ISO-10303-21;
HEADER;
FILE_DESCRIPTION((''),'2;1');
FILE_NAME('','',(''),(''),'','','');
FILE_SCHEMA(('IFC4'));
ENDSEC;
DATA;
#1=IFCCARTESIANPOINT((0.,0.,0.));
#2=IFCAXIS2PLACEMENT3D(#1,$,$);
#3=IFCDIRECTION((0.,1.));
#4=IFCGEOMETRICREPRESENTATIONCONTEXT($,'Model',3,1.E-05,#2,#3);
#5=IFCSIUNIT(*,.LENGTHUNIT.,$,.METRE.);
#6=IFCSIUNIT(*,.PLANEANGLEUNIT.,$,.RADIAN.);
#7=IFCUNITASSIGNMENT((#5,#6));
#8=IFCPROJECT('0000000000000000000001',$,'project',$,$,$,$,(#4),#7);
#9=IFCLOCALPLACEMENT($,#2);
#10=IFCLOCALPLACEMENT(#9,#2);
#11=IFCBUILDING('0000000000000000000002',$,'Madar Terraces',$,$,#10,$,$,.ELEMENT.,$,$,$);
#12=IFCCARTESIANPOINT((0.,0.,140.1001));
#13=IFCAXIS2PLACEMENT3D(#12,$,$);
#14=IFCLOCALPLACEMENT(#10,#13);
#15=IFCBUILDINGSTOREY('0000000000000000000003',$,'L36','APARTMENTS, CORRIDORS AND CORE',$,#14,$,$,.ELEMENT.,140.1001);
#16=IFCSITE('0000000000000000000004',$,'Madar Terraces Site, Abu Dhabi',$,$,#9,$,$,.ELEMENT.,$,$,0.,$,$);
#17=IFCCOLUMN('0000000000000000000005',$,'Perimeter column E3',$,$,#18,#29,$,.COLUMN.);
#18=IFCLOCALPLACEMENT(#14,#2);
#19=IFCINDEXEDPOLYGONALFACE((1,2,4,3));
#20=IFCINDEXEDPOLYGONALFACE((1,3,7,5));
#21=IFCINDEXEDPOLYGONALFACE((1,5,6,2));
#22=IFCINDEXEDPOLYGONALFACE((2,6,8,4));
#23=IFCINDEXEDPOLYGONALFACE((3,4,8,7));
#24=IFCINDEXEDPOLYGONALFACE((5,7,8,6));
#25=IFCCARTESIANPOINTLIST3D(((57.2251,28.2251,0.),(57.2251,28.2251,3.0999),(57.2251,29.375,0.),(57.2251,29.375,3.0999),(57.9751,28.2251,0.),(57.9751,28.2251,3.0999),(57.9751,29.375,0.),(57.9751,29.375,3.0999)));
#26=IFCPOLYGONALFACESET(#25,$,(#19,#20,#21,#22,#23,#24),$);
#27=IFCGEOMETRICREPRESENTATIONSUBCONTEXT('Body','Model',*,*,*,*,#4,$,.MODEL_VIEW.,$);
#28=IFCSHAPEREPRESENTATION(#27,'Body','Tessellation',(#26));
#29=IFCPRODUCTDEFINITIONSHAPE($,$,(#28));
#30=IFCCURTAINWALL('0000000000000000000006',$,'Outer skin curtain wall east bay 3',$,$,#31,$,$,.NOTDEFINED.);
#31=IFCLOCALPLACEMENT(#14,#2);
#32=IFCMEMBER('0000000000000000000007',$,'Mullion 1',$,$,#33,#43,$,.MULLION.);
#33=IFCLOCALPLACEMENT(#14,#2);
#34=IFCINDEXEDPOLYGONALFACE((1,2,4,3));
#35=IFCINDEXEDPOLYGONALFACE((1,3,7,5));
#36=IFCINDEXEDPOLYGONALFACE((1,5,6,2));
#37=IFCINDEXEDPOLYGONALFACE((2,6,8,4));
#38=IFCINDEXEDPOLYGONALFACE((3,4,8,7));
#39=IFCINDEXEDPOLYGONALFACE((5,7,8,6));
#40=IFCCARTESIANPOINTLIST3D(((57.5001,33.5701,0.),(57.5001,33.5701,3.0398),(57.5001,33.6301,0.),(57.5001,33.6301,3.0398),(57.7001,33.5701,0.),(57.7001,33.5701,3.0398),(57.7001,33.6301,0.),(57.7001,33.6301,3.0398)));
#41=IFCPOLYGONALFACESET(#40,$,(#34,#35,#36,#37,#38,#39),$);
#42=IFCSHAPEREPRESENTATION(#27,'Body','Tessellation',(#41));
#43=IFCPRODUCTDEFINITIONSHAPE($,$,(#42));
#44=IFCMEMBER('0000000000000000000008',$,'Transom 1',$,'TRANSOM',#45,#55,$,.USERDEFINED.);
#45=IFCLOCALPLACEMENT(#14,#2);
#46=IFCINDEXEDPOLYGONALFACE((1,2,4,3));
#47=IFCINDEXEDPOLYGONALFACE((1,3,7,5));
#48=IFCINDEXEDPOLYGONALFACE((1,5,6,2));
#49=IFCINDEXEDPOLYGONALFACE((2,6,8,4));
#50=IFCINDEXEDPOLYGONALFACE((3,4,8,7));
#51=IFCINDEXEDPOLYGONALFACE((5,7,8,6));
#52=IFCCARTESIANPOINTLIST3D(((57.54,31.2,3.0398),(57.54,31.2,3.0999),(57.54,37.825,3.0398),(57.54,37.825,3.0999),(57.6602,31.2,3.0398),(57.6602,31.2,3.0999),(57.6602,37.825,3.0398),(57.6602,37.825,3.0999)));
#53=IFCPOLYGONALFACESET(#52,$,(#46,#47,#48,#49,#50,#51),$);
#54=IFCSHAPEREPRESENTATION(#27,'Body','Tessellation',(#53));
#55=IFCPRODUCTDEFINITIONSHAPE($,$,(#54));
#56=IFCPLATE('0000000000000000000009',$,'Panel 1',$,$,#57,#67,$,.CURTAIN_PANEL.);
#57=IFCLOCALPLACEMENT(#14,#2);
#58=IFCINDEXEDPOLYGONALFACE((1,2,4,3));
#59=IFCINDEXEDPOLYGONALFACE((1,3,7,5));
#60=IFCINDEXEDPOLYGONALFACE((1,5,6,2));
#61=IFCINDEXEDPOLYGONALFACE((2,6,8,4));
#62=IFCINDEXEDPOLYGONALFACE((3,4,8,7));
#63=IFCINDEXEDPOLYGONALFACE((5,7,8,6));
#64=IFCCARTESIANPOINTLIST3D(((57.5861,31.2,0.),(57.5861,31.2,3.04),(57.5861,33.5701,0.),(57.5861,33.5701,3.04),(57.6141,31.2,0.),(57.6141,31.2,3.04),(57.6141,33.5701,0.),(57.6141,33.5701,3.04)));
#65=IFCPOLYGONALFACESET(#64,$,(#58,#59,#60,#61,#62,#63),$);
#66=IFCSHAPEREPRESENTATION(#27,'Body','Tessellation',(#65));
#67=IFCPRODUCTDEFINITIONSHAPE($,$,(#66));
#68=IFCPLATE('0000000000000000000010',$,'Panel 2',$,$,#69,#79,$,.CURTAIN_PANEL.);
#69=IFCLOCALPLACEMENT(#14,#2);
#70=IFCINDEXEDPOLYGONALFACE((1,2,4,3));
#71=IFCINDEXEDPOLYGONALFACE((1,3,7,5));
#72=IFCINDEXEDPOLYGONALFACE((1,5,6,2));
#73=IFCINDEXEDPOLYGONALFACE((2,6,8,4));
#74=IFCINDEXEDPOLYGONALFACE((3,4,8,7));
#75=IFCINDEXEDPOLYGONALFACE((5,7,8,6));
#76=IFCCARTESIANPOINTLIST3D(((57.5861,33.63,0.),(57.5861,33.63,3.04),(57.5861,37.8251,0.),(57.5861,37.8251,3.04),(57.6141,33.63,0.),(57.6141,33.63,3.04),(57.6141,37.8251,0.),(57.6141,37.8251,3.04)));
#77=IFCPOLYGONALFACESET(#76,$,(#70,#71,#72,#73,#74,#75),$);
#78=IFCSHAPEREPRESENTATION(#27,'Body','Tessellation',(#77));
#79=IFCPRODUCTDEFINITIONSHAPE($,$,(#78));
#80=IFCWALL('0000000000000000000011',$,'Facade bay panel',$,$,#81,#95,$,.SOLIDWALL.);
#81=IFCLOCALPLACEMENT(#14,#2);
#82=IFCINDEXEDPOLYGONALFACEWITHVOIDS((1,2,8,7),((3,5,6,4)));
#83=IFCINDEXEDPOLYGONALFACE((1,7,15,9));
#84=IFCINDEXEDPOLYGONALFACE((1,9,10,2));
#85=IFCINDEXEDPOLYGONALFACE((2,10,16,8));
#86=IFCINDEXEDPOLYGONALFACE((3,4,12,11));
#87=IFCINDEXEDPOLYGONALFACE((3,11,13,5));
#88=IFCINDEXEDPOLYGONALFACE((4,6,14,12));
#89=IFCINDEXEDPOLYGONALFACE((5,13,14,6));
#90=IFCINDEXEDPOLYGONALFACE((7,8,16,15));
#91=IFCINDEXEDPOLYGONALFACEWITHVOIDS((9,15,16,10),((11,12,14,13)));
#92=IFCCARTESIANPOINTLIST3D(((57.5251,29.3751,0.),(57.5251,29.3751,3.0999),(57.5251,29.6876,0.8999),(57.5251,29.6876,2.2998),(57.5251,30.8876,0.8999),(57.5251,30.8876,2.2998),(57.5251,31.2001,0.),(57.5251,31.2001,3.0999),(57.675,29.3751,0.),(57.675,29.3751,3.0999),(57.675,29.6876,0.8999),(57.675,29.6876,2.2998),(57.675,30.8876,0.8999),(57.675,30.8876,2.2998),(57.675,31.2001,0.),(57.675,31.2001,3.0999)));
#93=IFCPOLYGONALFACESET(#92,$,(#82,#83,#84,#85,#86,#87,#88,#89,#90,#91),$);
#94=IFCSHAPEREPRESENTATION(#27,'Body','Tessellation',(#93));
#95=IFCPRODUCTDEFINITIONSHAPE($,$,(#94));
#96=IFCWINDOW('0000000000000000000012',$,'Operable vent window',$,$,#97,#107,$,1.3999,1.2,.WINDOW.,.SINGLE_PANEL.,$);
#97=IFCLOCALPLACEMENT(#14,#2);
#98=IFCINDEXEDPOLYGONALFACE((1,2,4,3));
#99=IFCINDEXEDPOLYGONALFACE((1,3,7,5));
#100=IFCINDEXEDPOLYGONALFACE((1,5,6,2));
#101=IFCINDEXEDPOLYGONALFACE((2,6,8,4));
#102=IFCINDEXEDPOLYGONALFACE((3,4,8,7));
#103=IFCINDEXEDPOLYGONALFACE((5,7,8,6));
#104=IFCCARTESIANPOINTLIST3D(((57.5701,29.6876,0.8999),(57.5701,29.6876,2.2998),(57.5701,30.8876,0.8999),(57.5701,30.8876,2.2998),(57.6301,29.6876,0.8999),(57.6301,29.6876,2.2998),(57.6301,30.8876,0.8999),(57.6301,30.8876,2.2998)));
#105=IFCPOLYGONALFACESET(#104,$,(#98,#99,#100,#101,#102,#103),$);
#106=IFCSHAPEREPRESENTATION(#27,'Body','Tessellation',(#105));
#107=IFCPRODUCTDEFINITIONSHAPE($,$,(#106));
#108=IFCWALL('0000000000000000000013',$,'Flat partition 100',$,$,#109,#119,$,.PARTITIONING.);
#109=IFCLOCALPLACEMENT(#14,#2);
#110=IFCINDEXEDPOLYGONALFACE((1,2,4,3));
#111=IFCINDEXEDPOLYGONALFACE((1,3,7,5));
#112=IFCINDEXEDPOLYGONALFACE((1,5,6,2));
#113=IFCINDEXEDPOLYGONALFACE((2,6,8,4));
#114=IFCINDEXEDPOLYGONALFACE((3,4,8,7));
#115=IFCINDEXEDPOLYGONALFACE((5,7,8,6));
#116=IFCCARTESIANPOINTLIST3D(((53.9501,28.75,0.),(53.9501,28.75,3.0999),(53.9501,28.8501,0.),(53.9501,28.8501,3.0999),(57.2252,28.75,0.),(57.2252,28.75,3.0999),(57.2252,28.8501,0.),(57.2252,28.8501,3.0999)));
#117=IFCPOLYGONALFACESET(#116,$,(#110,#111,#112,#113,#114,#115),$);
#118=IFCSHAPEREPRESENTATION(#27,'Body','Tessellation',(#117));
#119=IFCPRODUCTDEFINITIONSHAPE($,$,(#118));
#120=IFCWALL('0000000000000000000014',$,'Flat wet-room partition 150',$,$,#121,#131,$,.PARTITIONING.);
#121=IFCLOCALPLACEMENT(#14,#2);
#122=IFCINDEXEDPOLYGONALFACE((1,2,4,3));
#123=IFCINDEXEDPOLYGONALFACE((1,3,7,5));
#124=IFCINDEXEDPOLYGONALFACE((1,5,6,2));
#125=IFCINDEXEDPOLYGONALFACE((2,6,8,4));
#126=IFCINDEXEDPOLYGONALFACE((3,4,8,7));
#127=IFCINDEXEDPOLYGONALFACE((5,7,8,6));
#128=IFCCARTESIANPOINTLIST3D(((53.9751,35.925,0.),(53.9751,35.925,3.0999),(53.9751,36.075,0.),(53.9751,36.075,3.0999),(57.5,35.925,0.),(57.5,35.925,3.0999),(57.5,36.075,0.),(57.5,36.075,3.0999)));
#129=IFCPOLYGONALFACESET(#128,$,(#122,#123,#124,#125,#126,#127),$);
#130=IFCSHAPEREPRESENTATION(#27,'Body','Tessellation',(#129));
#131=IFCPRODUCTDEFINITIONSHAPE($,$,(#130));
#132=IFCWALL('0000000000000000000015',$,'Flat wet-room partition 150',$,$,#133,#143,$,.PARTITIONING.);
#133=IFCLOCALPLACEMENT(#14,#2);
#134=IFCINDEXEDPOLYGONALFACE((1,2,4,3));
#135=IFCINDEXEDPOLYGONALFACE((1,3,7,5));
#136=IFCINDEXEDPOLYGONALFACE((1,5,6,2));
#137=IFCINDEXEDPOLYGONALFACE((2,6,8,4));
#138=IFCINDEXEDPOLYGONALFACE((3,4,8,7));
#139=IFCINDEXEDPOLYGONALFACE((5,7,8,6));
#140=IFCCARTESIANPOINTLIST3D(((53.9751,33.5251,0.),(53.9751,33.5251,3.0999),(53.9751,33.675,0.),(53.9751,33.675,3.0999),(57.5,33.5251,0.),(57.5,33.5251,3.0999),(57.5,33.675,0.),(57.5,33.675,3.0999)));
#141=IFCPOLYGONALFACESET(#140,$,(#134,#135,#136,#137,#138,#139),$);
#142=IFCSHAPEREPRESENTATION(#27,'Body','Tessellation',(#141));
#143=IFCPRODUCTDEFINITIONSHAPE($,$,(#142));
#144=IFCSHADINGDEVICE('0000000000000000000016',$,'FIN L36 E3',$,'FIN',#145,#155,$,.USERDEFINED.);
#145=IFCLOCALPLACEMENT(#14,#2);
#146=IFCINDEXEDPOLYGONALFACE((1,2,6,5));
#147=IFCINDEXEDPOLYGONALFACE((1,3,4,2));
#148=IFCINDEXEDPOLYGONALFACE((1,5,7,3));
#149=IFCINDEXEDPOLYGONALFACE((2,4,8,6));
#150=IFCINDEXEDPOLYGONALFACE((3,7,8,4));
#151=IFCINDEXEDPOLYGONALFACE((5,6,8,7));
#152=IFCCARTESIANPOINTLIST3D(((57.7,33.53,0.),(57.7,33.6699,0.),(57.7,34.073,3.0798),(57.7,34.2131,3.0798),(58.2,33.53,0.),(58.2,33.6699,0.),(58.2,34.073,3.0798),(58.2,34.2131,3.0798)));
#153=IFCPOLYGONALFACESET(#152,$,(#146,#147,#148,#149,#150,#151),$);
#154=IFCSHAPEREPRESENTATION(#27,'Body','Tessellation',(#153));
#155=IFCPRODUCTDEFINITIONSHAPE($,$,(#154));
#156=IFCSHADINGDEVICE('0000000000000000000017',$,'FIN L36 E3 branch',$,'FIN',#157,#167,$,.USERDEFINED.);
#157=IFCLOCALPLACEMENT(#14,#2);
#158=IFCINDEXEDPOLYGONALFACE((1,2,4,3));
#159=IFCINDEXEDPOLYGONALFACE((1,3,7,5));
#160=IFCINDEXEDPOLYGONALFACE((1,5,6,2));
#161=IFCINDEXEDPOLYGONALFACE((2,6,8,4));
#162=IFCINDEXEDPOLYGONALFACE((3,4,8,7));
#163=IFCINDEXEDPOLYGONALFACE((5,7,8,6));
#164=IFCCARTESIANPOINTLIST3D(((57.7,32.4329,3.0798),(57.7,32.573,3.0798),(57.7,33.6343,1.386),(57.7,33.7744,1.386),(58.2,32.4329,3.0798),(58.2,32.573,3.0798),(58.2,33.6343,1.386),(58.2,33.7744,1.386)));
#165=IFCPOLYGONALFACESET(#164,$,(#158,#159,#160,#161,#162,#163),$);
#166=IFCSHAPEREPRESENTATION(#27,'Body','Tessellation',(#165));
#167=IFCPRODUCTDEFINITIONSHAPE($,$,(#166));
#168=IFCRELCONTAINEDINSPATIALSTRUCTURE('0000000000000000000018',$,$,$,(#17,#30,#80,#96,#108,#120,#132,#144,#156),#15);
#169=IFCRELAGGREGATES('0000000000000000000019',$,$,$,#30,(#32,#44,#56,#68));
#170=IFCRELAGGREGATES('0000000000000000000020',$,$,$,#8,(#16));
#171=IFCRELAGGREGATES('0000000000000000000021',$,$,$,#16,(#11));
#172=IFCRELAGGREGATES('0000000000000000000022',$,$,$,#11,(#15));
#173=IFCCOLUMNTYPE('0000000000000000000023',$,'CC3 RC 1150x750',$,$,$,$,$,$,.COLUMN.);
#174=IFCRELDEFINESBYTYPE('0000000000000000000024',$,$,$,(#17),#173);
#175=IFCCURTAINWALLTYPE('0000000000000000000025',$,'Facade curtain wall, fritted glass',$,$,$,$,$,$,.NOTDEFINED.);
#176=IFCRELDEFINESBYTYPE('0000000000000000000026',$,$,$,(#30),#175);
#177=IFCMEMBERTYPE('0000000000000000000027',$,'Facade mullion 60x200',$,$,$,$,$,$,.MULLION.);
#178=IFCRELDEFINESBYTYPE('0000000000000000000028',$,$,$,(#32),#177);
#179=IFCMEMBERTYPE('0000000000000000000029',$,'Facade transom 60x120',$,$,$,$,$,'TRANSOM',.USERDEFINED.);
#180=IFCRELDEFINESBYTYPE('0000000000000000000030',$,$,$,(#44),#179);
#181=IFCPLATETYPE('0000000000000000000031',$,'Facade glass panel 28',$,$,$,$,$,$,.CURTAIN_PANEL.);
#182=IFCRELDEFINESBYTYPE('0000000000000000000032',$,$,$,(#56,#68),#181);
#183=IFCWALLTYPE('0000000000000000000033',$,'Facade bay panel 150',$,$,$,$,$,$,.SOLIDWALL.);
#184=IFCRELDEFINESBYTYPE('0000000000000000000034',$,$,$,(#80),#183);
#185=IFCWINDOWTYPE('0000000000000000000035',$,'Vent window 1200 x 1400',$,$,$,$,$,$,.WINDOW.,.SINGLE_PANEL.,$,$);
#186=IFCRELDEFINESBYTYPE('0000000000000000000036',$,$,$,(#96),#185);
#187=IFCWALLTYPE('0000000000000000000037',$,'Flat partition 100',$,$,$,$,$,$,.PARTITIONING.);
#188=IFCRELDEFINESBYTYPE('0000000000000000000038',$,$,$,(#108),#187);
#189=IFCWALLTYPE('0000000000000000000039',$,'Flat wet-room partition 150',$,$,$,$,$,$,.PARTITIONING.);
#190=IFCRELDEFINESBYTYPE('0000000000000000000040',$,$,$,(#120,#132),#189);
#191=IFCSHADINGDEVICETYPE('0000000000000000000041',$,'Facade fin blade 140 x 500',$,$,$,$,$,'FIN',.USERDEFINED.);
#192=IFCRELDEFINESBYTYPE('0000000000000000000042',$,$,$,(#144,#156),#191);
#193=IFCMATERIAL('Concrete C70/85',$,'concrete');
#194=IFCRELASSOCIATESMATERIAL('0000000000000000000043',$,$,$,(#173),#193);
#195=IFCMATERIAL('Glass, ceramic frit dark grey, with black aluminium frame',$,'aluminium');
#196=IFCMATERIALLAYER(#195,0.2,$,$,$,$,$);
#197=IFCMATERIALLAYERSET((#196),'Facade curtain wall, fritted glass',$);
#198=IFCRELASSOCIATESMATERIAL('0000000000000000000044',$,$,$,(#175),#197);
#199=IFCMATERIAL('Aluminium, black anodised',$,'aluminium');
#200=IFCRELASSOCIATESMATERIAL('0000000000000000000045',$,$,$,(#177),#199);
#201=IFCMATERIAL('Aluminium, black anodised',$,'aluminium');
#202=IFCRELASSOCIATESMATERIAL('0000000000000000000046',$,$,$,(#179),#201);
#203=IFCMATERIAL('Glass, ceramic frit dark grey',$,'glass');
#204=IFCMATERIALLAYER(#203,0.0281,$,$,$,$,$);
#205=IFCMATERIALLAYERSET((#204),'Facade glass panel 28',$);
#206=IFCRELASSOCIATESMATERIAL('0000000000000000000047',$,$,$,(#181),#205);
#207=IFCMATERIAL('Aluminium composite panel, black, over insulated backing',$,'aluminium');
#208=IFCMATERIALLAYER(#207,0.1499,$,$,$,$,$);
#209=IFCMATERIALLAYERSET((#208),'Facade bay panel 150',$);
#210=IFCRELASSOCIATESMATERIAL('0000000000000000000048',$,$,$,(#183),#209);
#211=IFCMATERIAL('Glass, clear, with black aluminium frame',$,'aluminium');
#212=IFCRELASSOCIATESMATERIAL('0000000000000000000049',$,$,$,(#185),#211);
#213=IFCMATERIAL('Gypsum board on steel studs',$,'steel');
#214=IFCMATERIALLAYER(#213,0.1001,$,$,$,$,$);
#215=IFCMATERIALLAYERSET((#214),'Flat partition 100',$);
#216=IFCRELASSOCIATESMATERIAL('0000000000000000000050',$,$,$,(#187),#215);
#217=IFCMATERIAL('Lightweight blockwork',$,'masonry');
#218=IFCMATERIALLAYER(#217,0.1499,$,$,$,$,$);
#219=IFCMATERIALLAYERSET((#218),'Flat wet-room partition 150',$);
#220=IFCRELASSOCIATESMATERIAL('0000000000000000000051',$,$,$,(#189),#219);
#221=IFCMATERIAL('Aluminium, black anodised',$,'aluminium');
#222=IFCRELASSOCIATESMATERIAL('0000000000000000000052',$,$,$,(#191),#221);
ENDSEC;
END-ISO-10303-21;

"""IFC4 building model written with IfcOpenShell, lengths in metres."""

from ifc_helpers import new_model, si_unit, direction, frame, frame_2d, origin, origin_2d, place, context, subcontext, project, spatial, polyline, rectangle, outline, extrude, material, layer, layer_set, material_profile, profile_set, type_object, element, fill, aggregate, save


model = new_model("IFC4")

# Units and contexts
model_context = context("Model", 3, precision=1e-05, world=origin(), true_north=direction((0.0, 1.0)))
body_context = subcontext(model_context, "Body", "Model", "MODEL_VIEW")
ifc_project = project(units=[si_unit("LENGTHUNIT", "METRE"), si_unit("PLANEANGLEUNIT", "RADIAN")], contexts=[model_context])

# Site, building, storey
site_placement = place(None, origin())
site = spatial("IfcSite", under=ifc_project, at=site_placement, Name="Madar Terraces Site, Abu Dhabi", CompositionType="ELEMENT", RefElevation=0.0)
building_placement = place(site_placement, origin())
building = spatial("IfcBuilding", under=site, at=building_placement, Name="Madar Terraces", CompositionType="ELEMENT")
storey_placement = place(building_placement, frame((0.0, 0.0, 140.1001)))
storey = spatial("IfcBuildingStorey", under=building, at=storey_placement, Name="L36", Description="APARTMENTS, CORRIDORS AND CORE", CompositionType="ELEMENT", Elevation=140.1001)

# Column
ifc_material_1 = material(Name="Concrete C70/85", Category="concrete")
ifc_material_profile_1 = material_profile(ifc_material_1, rectangle(XDim=1.1499, YDim=0.75, at=origin_2d()), Name="CC3 RC 1150x750")
ifc_profile_set_1 = profile_set([ifc_material_profile_1], Name="Concrete C70/85")
column_type = type_object("IfcColumnType", Name="CC3 RC 1150x750", PredefinedType="COLUMN", material=ifc_profile_set_1)
column_placement = place(storey_placement, frame((57.6001, 28.8, 0.0), z_axis=(0.0, 0.0, 1.0), x_axis=(0.0, 1.0, 0.0)))
element("IfcColumn", 1, at=column_placement, inside=storey, type_object=column_type, Name="Perimeter column E3", PredefinedType="COLUMN", context=body_context, shape_type="SweptSolid", body=[
    extrude(rectangle(XDim=1.1499, YDim=0.75, at=origin_2d()), origin(), (0.0, 0.0, 1.0), 3.0999),
])

# Curtain wall, members, plates
ifc_material_2 = material(Name="Glass, ceramic frit dark grey, with black aluminium frame", Category="aluminium")
ifc_layer_1 = layer(ifc_material_2, 0.2)
ifc_layer_set_1 = layer_set([ifc_layer_1], Name="Facade curtain wall, fritted glass")
curtain_wall_type = type_object("IfcCurtainWallType", Name="Facade curtain wall, fritted glass", PredefinedType="NOTDEFINED", material=ifc_layer_set_1)
curtain_wall_placement = place(storey_placement, origin())
curtain_wall = element("IfcCurtainWall", 2, at=curtain_wall_placement, inside=storey, type_object=curtain_wall_type, Name="Outer skin curtain wall east bay 3", PredefinedType="NOTDEFINED")
ifc_material_3 = material(Name="Aluminium, black anodised", Category="aluminium")
ifc_material_profile_2 = material_profile(ifc_material_3, rectangle(XDim=0.2, YDim=0.0601, at=origin_2d()), Name="Facade mullion 60x200")
ifc_profile_set_2 = profile_set([ifc_material_profile_2], Name="Aluminium, black anodised")
member_type_1 = type_object("IfcMemberType", Name="Facade mullion 60x200", PredefinedType="MULLION", material=ifc_profile_set_2)
member_1_placement = place(storey_placement, frame((57.6001, 33.6001, 0.0), z_axis=(0.0, 0.0, 1.0), x_axis=(-1.0, 0.0, 0.0)))
member_1 = element("IfcMember", 3, at=member_1_placement, type_object=member_type_1, Name="Mullion 1", PredefinedType="MULLION", context=body_context, shape_type="SweptSolid", body=[
    extrude(rectangle(XDim=0.2, YDim=0.0601, at=origin_2d()), origin(), (0.0, 0.0, 1.0), 3.0398),
])
ifc_material_4 = material(Name="Aluminium, black anodised", Category="aluminium")
ifc_material_profile_3 = material_profile(ifc_material_4, rectangle(XDim=0.1201, YDim=0.0601, at=origin_2d()), Name="Facade transom 60x120")
ifc_profile_set_3 = profile_set([ifc_material_profile_3], Name="Aluminium, black anodised")
member_type_2 = type_object("IfcMemberType", Name="Facade transom 60x120", ElementType="TRANSOM", PredefinedType="USERDEFINED", material=ifc_profile_set_3)
member_2_placement = place(storey_placement, frame((57.6001, 31.2, 3.0698), z_axis=(0.0, 1.0, 0.0), x_axis=(-1.0, 0.0, 0.0)))
member_2 = element("IfcMember", 4, at=member_2_placement, type_object=member_type_2, Name="Transom 1", ObjectType="TRANSOM", PredefinedType="USERDEFINED", context=body_context, shape_type="SweptSolid", body=[
    extrude(rectangle(XDim=0.1201, YDim=0.0601, at=origin_2d()), origin(), (0.0, 0.0, 1.0), 6.625),
])
ifc_material_5 = material(Name="Glass, ceramic frit dark grey", Category="glass")
ifc_layer_2 = layer(ifc_material_5, 0.0281)
ifc_layer_set_2 = layer_set([ifc_layer_2], Name="Facade glass panel 28")
plate_type = type_object("IfcPlateType", Name="Facade glass panel 28", PredefinedType="CURTAIN_PANEL", material=ifc_layer_set_2)
plate_1_placement = place(storey_placement, frame((57.6001, 32.385, 0.0), z_axis=(0.0, 0.0, 1.0), x_axis=(0.0, 1.0, 0.0)))
plate_1 = element("IfcPlate", 5, at=plate_1_placement, type_object=plate_type, Name="Panel 1", PredefinedType="CURTAIN_PANEL", context=body_context, shape_type="SweptSolid", body=[
    extrude(rectangle(XDim=2.3701, YDim=0.0281, at=origin_2d()), origin(), (0.0, 0.0, 1.0), 3.04),
])
plate_2_placement = place(storey_placement, frame((57.6001, 35.7275, 0.0), z_axis=(0.0, 0.0, 1.0), x_axis=(0.0, 1.0, 0.0)))
plate_2 = element("IfcPlate", 6, at=plate_2_placement, type_object=plate_type, Name="Panel 2", PredefinedType="CURTAIN_PANEL", context=body_context, shape_type="SweptSolid", body=[
    extrude(rectangle(XDim=4.1951, YDim=0.0281, at=origin_2d()), origin(), (0.0, 0.0, 1.0), 3.04),
])
aggregate(curtain_wall, [member_1, member_2, plate_1, plate_2])

# Wall, opening, window
ifc_material_6 = material(Name="Aluminium composite panel, black, over insulated backing", Category="aluminium")
ifc_layer_3 = layer(ifc_material_6, 0.1499)
ifc_layer_set_3 = layer_set([ifc_layer_3], Name="Facade bay panel 150")
wall_type_1 = type_object("IfcWallType", Name="Facade bay panel 150", PredefinedType="SOLIDWALL", material=ifc_layer_set_3)
wall_1_placement = place(storey_placement, frame((57.6001, 29.375, 0.0), z_axis=(0.0, 0.0, 1.0), x_axis=(0.0, 1.0, 0.0)))
wall_1 = element("IfcWall", 7, at=wall_1_placement, inside=storey, type_object=wall_type_1, Name="Facade bay panel", PredefinedType="SOLIDWALL", context=body_context, shape_type="SweptSolid", body=[
    extrude(rectangle(XDim=1.825, YDim=0.1499, at=frame_2d((0.9126, 0.0))), origin(), (0.0, 0.0, 1.0), 3.0999),
])
opening_placement = place(wall_1_placement, frame((0.3125, 0.0, 0.8999)))
opening = element("IfcOpeningElement", 8, at=opening_placement, cuts=wall_1, PredefinedType="OPENING", context=body_context, shape_type="SweptSolid", body=[
    extrude(rectangle(XDim=1.2, YDim=1.3999, at=frame_2d((0.6001, 0.7))), frame((0.0, 0.085, 0.0), z_axis=(0.0, -1.0, 0.0), x_axis=(1.0, 0.0, 0.0)), (0.0, 0.0, 1.0), 0.1699),
])
ifc_material_7 = material(Name="Glass, clear, with black aluminium frame", Category="aluminium")
window_type = type_object("IfcWindowType", Name="Vent window 1200 x 1400", PartitioningType="SINGLE_PANEL", PredefinedType="WINDOW", material=ifc_material_7)
window_placement = place(opening_placement, origin())
window = element("IfcWindow", 9, at=window_placement, inside=storey, type_object=window_type, Name="Operable vent window", OverallHeight=1.3999, OverallWidth=1.2, PartitioningType="SINGLE_PANEL", PredefinedType="WINDOW", context=body_context, shape_type="SweptSolid", body=[
    extrude(rectangle(XDim=1.2, YDim=1.3999, at=frame_2d((0.6001, 0.7))), frame((0.0, 0.03, 0.0), z_axis=(0.0, -1.0, 0.0), x_axis=(1.0, 0.0, 0.0)), (0.0, 0.0, 1.0), 0.0601),
])
fill(opening, window)

# Walls
ifc_material_8 = material(Name="Gypsum board on steel studs", Category="steel")
ifc_layer_4 = layer(ifc_material_8, 0.1001)
ifc_layer_set_4 = layer_set([ifc_layer_4], Name="Flat partition 100")
wall_type_2 = type_object("IfcWallType", Name="Flat partition 100", PredefinedType="PARTITIONING", material=ifc_layer_set_4)
wall_2_placement = place(storey_placement, frame((53.95, 28.8, 0.0), z_axis=(0.0, 0.0, 1.0), x_axis=(1.0, 0.0, 0.0)))
element("IfcWall", 10, at=wall_2_placement, inside=storey, type_object=wall_type_2, Name="Flat partition 100", PredefinedType="PARTITIONING", context=body_context, shape_type="SweptSolid", body=[
    extrude(rectangle(XDim=3.2751, YDim=0.1001, at=frame_2d((1.6377, 0.0))), origin(), (0.0, 0.0, 1.0), 3.0999),
])
ifc_material_9 = material(Name="Lightweight blockwork", Category="masonry")
ifc_layer_5 = layer(ifc_material_9, 0.1499)
ifc_layer_set_5 = layer_set([ifc_layer_5], Name="Flat wet-room partition 150")
wall_type_3 = type_object("IfcWallType", Name="Flat wet-room partition 150", PredefinedType="PARTITIONING", material=ifc_layer_set_5)
for number, where, z_axis, x_axis, name in (
    (11, (53.9751, 36.0, 0.0), (0.0, 0.0, 1.0), (1.0, 0.0, 0.0), "Flat wet-room partition 150"),
    (12, (53.9751, 33.6001, 0.0), (0.0, 0.0, 1.0), (1.0, 0.0, 0.0), "Flat wet-room partition 150"),
):
    element("IfcWall", number, at=place(storey_placement, frame(where, z_axis=z_axis, x_axis=x_axis)), inside=storey, type_object=wall_type_3, Name=name, PredefinedType="PARTITIONING", context=body_context, shape_type="SweptSolid", body=[
        extrude(rectangle(XDim=3.5249, YDim=0.1499, at=frame_2d((1.7625, 0.0))), origin(), (0.0, 0.0, 1.0), 3.0999),
    ])

# Shading devices
ifc_material_10 = material(Name="Aluminium, black anodised", Category="aluminium")
shading_device_type = type_object("IfcShadingDeviceType", Name="Facade fin blade 140 x 500", ElementType="FIN", PredefinedType="USERDEFINED", material=ifc_material_10)
shading_device_1_placement = place(storey_placement, frame((57.95, 33.53, 0.0), z_axis=(0.0, 0.0, 1.0), x_axis=(0.0, 1.0, 0.0)))
element("IfcShadingDevice", 13, at=shading_device_1_placement, inside=storey, type_object=shading_device_type, Name="FIN L36 E3", ObjectType="FIN", PredefinedType="USERDEFINED", context=body_context, shape_type="SweptSolid", body=[
    extrude(outline(polyline([(0.0, 0.0), (0.1399, 0.0), (0.6831, 3.0798), (0.543, 3.0798), (0.0, 0.0)])), frame((0.0, 0.25, 0.0), z_axis=(0.0, -1.0, 0.0), x_axis=(1.0, 0.0, 0.0)), (0.0, 0.0, 1.0), 0.5),
])
shading_device_2_placement = place(storey_placement, frame((57.95, 33.6343, 1.386), z_axis=(0.0, 0.0, 1.0), x_axis=(0.0, 1.0, 0.0)))
element("IfcShadingDevice", 14, at=shading_device_2_placement, inside=storey, type_object=shading_device_type, Name="FIN L36 E3 branch", ObjectType="FIN", PredefinedType="USERDEFINED", context=body_context, shape_type="SweptSolid", body=[
    extrude(outline(polyline([(0.0, 0.0), (0.1401, 0.0), (-1.0613, 1.6938), (-1.2014, 1.6938), (0.0, 0.0)])), frame((0.0, 0.25, 0.0), z_axis=(0.0, -1.0, 0.0), x_axis=(1.0, 0.0, 0.0)), (0.0, 0.0, 1.0), 0.5),
])

save(model, "model.ifc")
